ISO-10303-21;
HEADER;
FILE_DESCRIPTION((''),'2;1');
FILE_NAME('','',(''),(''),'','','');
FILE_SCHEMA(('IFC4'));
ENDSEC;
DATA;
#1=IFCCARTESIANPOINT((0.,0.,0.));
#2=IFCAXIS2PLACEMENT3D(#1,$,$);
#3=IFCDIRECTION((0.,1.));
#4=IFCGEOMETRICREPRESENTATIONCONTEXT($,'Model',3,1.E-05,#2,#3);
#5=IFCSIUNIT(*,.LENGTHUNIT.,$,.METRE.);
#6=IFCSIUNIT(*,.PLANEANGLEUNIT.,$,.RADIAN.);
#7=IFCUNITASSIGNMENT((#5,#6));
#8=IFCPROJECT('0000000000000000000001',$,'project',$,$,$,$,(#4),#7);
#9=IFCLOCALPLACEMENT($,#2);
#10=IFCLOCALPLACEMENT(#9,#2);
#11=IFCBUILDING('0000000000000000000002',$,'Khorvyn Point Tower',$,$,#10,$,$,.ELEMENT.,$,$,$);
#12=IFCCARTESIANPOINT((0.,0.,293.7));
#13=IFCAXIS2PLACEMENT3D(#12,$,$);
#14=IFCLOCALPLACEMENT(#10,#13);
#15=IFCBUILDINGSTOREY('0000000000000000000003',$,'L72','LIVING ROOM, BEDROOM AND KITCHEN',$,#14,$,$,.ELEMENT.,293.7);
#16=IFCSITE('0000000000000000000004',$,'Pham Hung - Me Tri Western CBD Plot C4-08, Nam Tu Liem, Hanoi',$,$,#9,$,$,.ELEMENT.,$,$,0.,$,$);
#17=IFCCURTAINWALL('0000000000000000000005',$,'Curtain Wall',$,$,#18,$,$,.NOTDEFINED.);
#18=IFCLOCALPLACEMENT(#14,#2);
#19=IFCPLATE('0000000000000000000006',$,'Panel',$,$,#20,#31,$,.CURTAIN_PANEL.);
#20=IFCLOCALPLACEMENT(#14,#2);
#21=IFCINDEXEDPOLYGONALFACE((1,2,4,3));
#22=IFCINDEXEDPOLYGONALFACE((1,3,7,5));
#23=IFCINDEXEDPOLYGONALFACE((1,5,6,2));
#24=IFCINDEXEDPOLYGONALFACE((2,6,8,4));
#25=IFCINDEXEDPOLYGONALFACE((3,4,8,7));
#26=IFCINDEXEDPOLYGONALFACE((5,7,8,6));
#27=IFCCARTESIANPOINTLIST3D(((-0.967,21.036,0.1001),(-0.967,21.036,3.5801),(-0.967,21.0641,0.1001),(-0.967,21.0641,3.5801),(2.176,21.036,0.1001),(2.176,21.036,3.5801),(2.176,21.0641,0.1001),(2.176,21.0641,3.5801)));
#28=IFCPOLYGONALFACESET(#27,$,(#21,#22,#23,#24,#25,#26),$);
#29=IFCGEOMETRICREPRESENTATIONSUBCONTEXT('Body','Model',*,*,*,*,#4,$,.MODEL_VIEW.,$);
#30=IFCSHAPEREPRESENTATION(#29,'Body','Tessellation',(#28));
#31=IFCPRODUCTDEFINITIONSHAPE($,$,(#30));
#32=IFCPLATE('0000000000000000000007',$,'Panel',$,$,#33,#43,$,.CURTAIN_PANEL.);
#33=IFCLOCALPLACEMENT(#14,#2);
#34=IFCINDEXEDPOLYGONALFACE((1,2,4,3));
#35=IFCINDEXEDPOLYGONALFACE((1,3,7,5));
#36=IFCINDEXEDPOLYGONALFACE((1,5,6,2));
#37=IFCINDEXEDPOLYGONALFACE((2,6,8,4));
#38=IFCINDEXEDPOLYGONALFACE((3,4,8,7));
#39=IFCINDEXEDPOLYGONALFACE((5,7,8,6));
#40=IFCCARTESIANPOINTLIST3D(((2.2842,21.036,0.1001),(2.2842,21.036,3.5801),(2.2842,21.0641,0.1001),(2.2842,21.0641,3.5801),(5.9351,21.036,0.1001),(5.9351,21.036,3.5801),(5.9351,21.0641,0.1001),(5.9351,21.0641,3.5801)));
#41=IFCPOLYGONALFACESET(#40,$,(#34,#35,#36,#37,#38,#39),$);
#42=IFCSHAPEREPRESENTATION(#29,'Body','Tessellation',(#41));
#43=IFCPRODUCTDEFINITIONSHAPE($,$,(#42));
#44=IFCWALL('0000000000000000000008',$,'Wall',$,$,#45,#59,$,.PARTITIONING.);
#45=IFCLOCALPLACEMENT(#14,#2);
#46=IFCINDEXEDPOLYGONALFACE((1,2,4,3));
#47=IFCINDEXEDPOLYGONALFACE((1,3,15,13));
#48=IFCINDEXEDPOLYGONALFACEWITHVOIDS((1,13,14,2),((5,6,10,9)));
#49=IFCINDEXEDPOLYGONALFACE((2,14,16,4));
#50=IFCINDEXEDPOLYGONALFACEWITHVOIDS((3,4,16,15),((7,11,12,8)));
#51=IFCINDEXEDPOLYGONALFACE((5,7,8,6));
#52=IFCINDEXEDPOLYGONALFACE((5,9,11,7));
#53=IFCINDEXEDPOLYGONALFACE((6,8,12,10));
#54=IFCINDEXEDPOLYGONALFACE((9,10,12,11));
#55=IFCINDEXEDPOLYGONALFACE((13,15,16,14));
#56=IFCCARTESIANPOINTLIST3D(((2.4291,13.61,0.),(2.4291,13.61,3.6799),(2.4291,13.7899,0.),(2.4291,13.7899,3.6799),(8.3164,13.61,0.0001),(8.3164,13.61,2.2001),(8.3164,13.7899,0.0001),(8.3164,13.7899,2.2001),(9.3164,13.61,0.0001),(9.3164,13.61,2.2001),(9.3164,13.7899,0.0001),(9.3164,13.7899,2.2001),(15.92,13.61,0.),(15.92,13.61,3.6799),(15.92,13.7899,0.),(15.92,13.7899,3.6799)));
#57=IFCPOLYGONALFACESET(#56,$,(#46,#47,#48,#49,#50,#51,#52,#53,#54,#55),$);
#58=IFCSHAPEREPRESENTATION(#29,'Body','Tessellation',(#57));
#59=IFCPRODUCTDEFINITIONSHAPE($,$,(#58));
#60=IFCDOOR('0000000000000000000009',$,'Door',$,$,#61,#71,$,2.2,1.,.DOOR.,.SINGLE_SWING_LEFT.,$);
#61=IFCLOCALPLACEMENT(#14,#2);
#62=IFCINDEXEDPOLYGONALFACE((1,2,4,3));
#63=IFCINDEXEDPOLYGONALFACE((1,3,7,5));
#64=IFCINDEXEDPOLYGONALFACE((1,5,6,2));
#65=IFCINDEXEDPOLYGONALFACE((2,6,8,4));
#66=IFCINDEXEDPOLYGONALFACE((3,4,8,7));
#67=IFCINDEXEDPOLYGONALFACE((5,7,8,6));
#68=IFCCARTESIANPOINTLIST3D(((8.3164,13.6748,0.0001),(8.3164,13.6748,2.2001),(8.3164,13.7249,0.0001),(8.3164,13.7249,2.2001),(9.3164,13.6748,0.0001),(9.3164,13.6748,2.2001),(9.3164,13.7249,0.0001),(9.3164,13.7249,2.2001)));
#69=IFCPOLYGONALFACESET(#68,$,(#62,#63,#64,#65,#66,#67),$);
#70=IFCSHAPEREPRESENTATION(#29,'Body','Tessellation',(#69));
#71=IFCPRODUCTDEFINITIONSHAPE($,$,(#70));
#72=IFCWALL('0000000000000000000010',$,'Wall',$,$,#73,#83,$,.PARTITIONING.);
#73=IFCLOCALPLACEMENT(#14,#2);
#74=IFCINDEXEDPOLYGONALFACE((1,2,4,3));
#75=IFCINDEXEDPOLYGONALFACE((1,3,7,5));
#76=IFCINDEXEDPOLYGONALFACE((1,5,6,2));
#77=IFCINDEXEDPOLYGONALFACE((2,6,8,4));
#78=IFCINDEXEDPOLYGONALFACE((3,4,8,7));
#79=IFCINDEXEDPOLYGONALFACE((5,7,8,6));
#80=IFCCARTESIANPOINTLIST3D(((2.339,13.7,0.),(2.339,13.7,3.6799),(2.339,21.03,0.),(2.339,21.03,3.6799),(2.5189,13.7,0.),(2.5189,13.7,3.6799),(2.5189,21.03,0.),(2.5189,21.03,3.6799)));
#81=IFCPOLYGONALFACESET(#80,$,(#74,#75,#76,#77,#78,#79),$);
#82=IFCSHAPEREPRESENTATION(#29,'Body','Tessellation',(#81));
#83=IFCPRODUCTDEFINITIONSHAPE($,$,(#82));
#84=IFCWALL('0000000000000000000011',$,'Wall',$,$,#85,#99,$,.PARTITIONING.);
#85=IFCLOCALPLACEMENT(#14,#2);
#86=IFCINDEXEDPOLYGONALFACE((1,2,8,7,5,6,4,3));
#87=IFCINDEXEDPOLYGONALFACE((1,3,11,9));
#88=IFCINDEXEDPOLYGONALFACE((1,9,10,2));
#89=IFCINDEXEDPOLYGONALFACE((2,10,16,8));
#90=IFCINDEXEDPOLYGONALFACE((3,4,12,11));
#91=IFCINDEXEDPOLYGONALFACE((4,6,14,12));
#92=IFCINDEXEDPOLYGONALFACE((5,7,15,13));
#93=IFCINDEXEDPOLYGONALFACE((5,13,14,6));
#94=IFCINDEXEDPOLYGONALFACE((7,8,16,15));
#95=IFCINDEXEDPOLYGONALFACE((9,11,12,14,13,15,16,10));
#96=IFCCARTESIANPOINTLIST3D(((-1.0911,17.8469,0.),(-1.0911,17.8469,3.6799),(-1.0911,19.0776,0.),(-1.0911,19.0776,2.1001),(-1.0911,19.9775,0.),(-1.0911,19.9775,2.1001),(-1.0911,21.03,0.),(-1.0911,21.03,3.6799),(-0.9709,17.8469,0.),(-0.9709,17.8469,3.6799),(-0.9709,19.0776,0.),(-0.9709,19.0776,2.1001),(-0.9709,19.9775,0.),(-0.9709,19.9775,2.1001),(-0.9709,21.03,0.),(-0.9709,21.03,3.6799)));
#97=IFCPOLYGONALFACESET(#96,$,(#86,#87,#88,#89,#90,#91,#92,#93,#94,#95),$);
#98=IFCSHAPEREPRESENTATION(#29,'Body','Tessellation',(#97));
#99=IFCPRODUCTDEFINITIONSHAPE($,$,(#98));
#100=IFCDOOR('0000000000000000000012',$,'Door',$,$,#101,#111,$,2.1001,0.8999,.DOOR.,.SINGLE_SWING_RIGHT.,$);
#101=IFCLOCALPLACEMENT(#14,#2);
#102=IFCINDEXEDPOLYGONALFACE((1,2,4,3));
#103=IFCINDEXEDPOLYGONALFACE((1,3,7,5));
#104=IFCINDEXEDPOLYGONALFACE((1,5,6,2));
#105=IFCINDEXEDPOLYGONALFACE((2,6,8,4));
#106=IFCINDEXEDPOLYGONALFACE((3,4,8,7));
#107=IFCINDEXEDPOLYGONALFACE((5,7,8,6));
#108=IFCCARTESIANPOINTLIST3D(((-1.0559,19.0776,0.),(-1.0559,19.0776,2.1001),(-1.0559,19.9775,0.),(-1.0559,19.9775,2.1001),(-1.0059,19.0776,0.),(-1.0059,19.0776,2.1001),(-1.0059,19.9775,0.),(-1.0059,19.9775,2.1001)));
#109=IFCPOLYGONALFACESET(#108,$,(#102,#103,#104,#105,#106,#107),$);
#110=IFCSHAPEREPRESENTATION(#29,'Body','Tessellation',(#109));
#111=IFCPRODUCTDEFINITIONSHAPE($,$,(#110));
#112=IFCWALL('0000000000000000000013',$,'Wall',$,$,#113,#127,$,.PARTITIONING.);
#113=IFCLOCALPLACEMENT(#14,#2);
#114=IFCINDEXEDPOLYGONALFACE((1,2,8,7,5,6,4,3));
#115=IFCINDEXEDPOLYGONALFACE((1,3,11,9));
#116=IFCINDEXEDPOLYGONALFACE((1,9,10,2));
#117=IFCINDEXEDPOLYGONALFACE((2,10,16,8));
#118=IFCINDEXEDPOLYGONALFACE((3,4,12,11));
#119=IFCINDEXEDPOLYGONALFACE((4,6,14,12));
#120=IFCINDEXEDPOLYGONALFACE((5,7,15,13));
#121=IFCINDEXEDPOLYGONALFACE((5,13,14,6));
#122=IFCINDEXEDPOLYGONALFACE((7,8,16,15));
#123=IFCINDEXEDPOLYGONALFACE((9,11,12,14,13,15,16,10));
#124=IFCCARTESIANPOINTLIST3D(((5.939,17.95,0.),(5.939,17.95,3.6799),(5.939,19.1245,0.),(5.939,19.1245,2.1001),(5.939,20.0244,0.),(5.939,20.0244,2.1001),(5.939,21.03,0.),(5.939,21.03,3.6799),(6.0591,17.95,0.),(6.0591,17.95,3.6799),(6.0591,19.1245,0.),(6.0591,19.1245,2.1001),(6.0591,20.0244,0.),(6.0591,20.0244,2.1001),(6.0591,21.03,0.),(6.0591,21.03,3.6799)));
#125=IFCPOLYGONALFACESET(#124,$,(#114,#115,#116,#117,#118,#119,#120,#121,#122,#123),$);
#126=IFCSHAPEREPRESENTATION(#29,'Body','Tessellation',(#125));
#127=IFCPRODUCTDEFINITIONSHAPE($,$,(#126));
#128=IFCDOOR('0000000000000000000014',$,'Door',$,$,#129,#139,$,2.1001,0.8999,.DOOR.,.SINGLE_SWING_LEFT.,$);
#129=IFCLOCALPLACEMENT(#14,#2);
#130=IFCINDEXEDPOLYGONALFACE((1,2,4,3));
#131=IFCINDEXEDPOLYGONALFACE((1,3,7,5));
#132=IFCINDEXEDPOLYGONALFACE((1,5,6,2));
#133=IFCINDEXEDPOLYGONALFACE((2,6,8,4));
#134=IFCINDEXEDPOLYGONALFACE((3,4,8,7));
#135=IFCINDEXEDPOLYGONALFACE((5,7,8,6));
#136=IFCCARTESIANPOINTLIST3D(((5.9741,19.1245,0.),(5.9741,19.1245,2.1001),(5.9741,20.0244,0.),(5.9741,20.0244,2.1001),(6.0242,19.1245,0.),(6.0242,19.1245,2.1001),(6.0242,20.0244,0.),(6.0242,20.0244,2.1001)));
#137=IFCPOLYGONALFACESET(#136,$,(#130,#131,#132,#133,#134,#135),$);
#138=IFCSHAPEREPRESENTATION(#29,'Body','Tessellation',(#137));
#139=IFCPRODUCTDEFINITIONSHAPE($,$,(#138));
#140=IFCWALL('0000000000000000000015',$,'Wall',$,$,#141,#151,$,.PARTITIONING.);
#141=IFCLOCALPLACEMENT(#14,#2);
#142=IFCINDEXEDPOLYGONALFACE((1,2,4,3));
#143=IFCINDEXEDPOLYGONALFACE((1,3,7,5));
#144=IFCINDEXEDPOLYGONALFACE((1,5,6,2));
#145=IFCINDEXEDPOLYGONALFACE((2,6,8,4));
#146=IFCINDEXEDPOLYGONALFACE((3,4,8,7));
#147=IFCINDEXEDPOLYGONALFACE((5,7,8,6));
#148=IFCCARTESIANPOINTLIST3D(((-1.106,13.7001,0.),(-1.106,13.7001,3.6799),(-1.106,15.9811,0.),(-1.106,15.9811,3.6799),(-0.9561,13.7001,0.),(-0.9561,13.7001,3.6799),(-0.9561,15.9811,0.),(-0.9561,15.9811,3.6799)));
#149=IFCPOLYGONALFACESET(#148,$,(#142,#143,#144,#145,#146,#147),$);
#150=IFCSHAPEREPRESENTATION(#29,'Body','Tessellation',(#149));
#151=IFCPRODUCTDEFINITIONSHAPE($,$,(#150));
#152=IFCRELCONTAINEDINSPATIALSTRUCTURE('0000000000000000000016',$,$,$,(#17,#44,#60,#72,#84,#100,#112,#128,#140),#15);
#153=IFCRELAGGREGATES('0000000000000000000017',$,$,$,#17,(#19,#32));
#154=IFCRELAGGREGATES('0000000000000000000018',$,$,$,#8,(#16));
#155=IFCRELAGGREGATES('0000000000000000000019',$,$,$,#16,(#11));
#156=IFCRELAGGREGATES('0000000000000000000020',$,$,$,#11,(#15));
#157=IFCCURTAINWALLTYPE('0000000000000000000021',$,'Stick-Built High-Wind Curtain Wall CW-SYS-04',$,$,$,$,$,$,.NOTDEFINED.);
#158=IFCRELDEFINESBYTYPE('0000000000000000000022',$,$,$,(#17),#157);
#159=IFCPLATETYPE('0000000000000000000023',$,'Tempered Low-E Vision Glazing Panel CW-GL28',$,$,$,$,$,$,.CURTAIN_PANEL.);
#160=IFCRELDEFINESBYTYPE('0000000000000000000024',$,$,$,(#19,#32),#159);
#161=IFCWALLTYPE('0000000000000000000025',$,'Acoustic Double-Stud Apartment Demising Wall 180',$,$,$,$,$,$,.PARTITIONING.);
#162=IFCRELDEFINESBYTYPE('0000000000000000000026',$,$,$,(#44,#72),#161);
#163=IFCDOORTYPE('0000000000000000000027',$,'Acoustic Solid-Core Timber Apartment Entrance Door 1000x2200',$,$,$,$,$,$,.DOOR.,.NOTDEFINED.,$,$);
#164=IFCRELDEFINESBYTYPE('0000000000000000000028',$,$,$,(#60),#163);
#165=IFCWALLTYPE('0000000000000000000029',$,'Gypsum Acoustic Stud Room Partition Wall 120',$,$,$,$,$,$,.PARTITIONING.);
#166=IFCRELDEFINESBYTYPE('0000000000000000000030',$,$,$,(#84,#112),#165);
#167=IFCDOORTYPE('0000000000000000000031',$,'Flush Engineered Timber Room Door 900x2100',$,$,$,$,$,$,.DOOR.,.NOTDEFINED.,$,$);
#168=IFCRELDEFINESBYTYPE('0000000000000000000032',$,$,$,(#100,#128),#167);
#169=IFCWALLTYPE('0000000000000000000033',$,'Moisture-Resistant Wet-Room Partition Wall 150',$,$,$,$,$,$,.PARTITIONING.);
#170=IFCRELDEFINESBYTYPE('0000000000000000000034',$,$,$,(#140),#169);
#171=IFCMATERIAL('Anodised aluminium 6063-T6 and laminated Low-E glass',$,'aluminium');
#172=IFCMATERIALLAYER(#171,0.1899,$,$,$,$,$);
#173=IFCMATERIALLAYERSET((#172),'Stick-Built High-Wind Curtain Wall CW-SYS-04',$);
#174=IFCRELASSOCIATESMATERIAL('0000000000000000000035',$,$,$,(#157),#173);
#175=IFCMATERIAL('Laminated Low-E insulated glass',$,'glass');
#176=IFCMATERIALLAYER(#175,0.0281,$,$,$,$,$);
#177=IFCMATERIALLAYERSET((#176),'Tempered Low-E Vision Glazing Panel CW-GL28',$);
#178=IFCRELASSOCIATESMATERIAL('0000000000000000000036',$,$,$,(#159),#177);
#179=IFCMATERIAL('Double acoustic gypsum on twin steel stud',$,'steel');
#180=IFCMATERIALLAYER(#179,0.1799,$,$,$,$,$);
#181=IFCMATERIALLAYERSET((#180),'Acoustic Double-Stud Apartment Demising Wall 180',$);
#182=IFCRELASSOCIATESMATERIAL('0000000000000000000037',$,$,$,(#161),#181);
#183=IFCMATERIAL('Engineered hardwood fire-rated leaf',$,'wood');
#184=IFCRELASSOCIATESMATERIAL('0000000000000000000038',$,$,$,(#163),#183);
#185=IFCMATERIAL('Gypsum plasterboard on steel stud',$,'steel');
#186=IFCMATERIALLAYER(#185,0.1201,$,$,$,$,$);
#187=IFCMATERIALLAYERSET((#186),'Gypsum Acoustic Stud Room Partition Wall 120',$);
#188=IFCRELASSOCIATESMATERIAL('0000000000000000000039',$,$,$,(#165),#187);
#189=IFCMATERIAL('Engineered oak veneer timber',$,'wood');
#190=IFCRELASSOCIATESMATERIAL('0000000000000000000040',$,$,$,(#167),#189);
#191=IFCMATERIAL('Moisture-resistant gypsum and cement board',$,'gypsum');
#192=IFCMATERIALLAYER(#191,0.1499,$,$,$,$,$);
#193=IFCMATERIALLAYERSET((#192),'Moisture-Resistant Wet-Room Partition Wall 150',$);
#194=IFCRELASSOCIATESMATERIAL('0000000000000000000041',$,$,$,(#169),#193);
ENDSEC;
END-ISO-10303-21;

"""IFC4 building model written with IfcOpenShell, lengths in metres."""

from ifc_helpers import new_model, si_unit, direction, frame, frame_2d, origin, origin_2d, place, context, subcontext, project, spatial, rectangle, extrude, material, layer, layer_set, type_object, element, fill, aggregate, save


model = new_model("IFC4")

# Units and contexts
model_context = context("Model", 3, precision=1e-05, world=origin(), true_north=direction((0.0, 1.0)))
body_context = subcontext(model_context, "Body", "Model", "MODEL_VIEW")
ifc_project = project(units=[si_unit("LENGTHUNIT", "METRE"), si_unit("PLANEANGLEUNIT", "RADIAN")], contexts=[model_context])

# Site, building, storey
site_placement = place(None, origin())
site = spatial("IfcSite", under=ifc_project, at=site_placement, Name="Pham Hung - Me Tri Western CBD Plot C4-08, Nam Tu Liem, Hanoi", CompositionType="ELEMENT", RefElevation=0.0)
building_placement = place(site_placement, origin())
building = spatial("IfcBuilding", under=site, at=building_placement, Name="Khorvyn Point Tower", CompositionType="ELEMENT")
storey_placement = place(building_placement, frame((0.0, 0.0, 293.7)))
storey = spatial("IfcBuildingStorey", under=building, at=storey_placement, Name="L72", Description="LIVING ROOM, BEDROOM AND KITCHEN", CompositionType="ELEMENT", Elevation=293.7)

# Curtain wall
ifc_material_1 = material(Name="Anodised aluminium 6063-T6 and laminated Low-E glass", Category="aluminium")
ifc_layer_1 = layer(ifc_material_1, 0.1899)
ifc_layer_set_1 = layer_set([ifc_layer_1], Name="Stick-Built High-Wind Curtain Wall CW-SYS-04")
curtain_wall_type = type_object("IfcCurtainWallType", Name="Stick-Built High-Wind Curtain Wall CW-SYS-04", PredefinedType="NOTDEFINED", material=ifc_layer_set_1)
curtain_wall_placement = place(storey_placement, origin())
curtain_wall = element("IfcCurtainWall", 1, at=curtain_wall_placement, inside=storey, type_object=curtain_wall_type, Name="Curtain Wall", PredefinedType="NOTDEFINED")

# Plates
ifc_material_2 = material(Name="Laminated Low-E insulated glass", Category="glass")
ifc_layer_2 = layer(ifc_material_2, 0.0281)
ifc_layer_set_2 = layer_set([ifc_layer_2], Name="Tempered Low-E Vision Glazing Panel CW-GL28")
plate_type = type_object("IfcPlateType", Name="Tempered Low-E Vision Glazing Panel CW-GL28", PredefinedType="CURTAIN_PANEL", material=ifc_layer_set_2)
plate_1_placement = place(storey_placement, frame((0.6045, 21.05, 0.1001), z_axis=(0.0, 0.0, 1.0), x_axis=(1.0, 0.0, 0.0)))
plate_1 = element("IfcPlate", 2, at=plate_1_placement, type_object=plate_type, Name="Panel", PredefinedType="CURTAIN_PANEL", context=body_context, shape_type="SweptSolid", body=[
    extrude(rectangle(XDim=3.1431, YDim=0.0281, at=origin_2d()), origin(), (0.0, 0.0, 1.0), 3.48),
])
plate_2_placement = place(storey_placement, frame((4.1096, 21.05, 0.1001), z_axis=(0.0, 0.0, 1.0), x_axis=(1.0, 0.0, 0.0)))
plate_2 = element("IfcPlate", 3, at=plate_2_placement, type_object=plate_type, Name="Panel", PredefinedType="CURTAIN_PANEL", context=body_context, shape_type="SweptSolid", body=[
    extrude(rectangle(XDim=3.6509, YDim=0.0281, at=origin_2d()), origin(), (0.0, 0.0, 1.0), 3.48),
])
aggregate(curtain_wall, [plate_1, plate_2])

# Wall, opening, door
ifc_material_3 = material(Name="Double acoustic gypsum on twin steel stud", Category="steel")
ifc_layer_3 = layer(ifc_material_3, 0.1799)
ifc_layer_set_3 = layer_set([ifc_layer_3], Name="Acoustic Double-Stud Apartment Demising Wall 180")
wall_type_1 = type_object("IfcWallType", Name="Acoustic Double-Stud Apartment Demising Wall 180", PredefinedType="PARTITIONING", material=ifc_layer_set_3)
wall_1_placement = place(storey_placement, frame((2.429, 13.7, 0.0), z_axis=(0.0, 0.0, 1.0), x_axis=(1.0, 0.0, 0.0)))
wall_1 = element("IfcWall", 4, at=wall_1_placement, inside=storey, type_object=wall_type_1, Name="Wall", PredefinedType="PARTITIONING", context=body_context, shape_type="SweptSolid", body=[
    extrude(rectangle(XDim=13.491, YDim=0.1799, at=frame_2d((6.7456, 0.0))), origin(), (0.0, 0.0, 1.0), 3.6799),
])
opening_1_placement = place(wall_1_placement, frame((5.8875, 0.0, 0.0)))
opening_1 = element("IfcOpeningElement", 5, at=opening_1_placement, cuts=wall_1, PredefinedType="OPENING", context=body_context, shape_type="SweptSolid", body=[
    extrude(rectangle(XDim=1.0, YDim=2.2, at=frame_2d((0.5, 1.1001))), frame((0.0, 0.0999, 0.0), z_axis=(0.0, -1.0, 0.0), x_axis=(1.0, 0.0, 0.0)), (0.0, 0.0, 1.0), 0.2),
])
ifc_material_4 = material(Name="Engineered hardwood fire-rated leaf", Category="wood")
door_type_1 = type_object("IfcDoorType", Name="Acoustic Solid-Core Timber Apartment Entrance Door 1000x2200", OperationType="NOTDEFINED", PredefinedType="DOOR", material=ifc_material_4)
door_1_placement = place(opening_1_placement, origin())
door_1 = element("IfcDoor", 6, at=door_1_placement, inside=storey, type_object=door_type_1, Name="Door", OperationType="SINGLE_SWING_LEFT", OverallHeight=2.2, OverallWidth=1.0, PredefinedType="DOOR", context=body_context, shape_type="SweptSolid", body=[
    extrude(rectangle(XDim=1.0, YDim=2.2, at=frame_2d((0.5, 1.1001))), frame((0.0, 0.0249, 0.0), z_axis=(0.0, -1.0, 0.0), x_axis=(1.0, 0.0, 0.0)), (0.0, 0.0, 1.0), 0.05),
])
fill(opening_1, door_1)

# Wall
wall_2_placement = place(storey_placement, frame((2.429, 13.7, 0.0), z_axis=(0.0, 0.0, 1.0), x_axis=(0.0, 1.0, 0.0)))
element("IfcWall", 7, at=wall_2_placement, inside=storey, type_object=wall_type_1, Name="Wall", PredefinedType="PARTITIONING", context=body_context, shape_type="SweptSolid", body=[
    extrude(rectangle(XDim=7.3301, YDim=0.1799, at=frame_2d((3.665, 0.0))), origin(), (0.0, 0.0, 1.0), 3.6799),
])

# Walls, openings, doors
ifc_material_5 = material(Name="Gypsum plasterboard on steel stud", Category="steel")
ifc_layer_4 = layer(ifc_material_5, 0.1201)
ifc_layer_set_4 = layer_set([ifc_layer_4], Name="Gypsum Acoustic Stud Room Partition Wall 120")
wall_type_2 = type_object("IfcWallType", Name="Gypsum Acoustic Stud Room Partition Wall 120", PredefinedType="PARTITIONING", material=ifc_layer_set_4)
wall_3_placement = place(storey_placement, frame((-1.031, 17.8469, 0.0), z_axis=(0.0, 0.0, 1.0), x_axis=(0.0, 1.0, 0.0)))
wall_3 = element("IfcWall", 8, at=wall_3_placement, inside=storey, type_object=wall_type_2, Name="Wall", PredefinedType="PARTITIONING", context=body_context, shape_type="SweptSolid", body=[
    extrude(rectangle(XDim=3.1831, YDim=0.1201, at=frame_2d((1.5916, 0.0))), origin(), (0.0, 0.0, 1.0), 3.6799),
])
opening_2_placement = place(wall_3_placement, frame((1.2307, 0.0, 0.0)))
opening_2 = element("IfcOpeningElement", 9, at=opening_2_placement, cuts=wall_3, PredefinedType="OPENING", context=body_context, shape_type="SweptSolid", body=[
    extrude(rectangle(XDim=0.8999, YDim=2.1001, at=frame_2d((0.45, 1.05))), frame((0.0, 0.0701, 0.0), z_axis=(0.0, -1.0, 0.0), x_axis=(1.0, 0.0, 0.0)), (0.0, 0.0, 1.0), 0.1401),
])
ifc_material_6 = material(Name="Engineered oak veneer timber", Category="wood")
door_type_2 = type_object("IfcDoorType", Name="Flush Engineered Timber Room Door 900x2100", OperationType="NOTDEFINED", PredefinedType="DOOR", material=ifc_material_6)
door_2_placement = place(opening_2_placement, origin())
door_2 = element("IfcDoor", 10, at=door_2_placement, inside=storey, type_object=door_type_2, Name="Door", OperationType="SINGLE_SWING_RIGHT", OverallHeight=2.1001, OverallWidth=0.8999, PredefinedType="DOOR", context=body_context, shape_type="SweptSolid", body=[
    extrude(rectangle(XDim=0.8999, YDim=2.1001, at=frame_2d((0.45, 1.05))), frame((0.0, 0.0249, 0.0), z_axis=(0.0, -1.0, 0.0), x_axis=(1.0, 0.0, 0.0)), (0.0, 0.0, 1.0), 0.05),
])
fill(opening_2, door_2)
wall_4_placement = place(storey_placement, frame((5.999, 17.95, 0.0), z_axis=(0.0, 0.0, 1.0), x_axis=(0.0, 1.0, 0.0)))
wall_4 = element("IfcWall", 11, at=wall_4_placement, inside=storey, type_object=wall_type_2, Name="Wall", PredefinedType="PARTITIONING", context=body_context, shape_type="SweptSolid", body=[
    extrude(rectangle(XDim=3.0801, YDim=0.1201, at=frame_2d((1.54, 0.0))), origin(), (0.0, 0.0, 1.0), 3.6799),
])
opening_3_placement = place(wall_4_placement, frame((1.1746, 0.0, 0.0)))
opening_3 = element("IfcOpeningElement", 12, at=opening_3_placement, cuts=wall_4, PredefinedType="OPENING", context=body_context, shape_type="SweptSolid", body=[
    extrude(rectangle(XDim=0.8999, YDim=2.1001, at=frame_2d((0.45, 1.05))), frame((0.0, 0.0701, 0.0), z_axis=(0.0, -1.0, 0.0), x_axis=(1.0, 0.0, 0.0)), (0.0, 0.0, 1.0), 0.1401),
])
door_3_placement = place(opening_3_placement, origin())
door_3 = element("IfcDoor", 13, at=door_3_placement, inside=storey, type_object=door_type_2, Name="Door", OperationType="SINGLE_SWING_LEFT", OverallHeight=2.1001, OverallWidth=0.8999, PredefinedType="DOOR", context=body_context, shape_type="SweptSolid", body=[
    extrude(rectangle(XDim=0.8999, YDim=2.1001, at=frame_2d((0.45, 1.05))), frame((0.0, 0.0249, 0.0), z_axis=(0.0, -1.0, 0.0), x_axis=(1.0, 0.0, 0.0)), (0.0, 0.0, 1.0), 0.05),
])
fill(opening_3, door_3)

# Wall
ifc_material_7 = material(Name="Moisture-resistant gypsum and cement board", Category="gypsum")
ifc_layer_5 = layer(ifc_material_7, 0.1499)
ifc_layer_set_5 = layer_set([ifc_layer_5], Name="Moisture-Resistant Wet-Room Partition Wall 150")
wall_type_3 = type_object("IfcWallType", Name="Moisture-Resistant Wet-Room Partition Wall 150", PredefinedType="PARTITIONING", material=ifc_layer_set_5)
wall_5_placement = place(storey_placement, frame((-1.031, 13.7, 0.0), z_axis=(0.0, 0.0, 1.0), x_axis=(0.0, 1.0, 0.0)))
element("IfcWall", 14, at=wall_5_placement, inside=storey, type_object=wall_type_3, Name="Wall", PredefinedType="PARTITIONING", context=body_context, shape_type="SweptSolid", body=[
    extrude(rectangle(XDim=2.281, YDim=0.1499, at=frame_2d((1.1406, 0.0))), origin(), (0.0, 0.0, 1.0), 3.6799),
])

save(model, "model.ifc")
